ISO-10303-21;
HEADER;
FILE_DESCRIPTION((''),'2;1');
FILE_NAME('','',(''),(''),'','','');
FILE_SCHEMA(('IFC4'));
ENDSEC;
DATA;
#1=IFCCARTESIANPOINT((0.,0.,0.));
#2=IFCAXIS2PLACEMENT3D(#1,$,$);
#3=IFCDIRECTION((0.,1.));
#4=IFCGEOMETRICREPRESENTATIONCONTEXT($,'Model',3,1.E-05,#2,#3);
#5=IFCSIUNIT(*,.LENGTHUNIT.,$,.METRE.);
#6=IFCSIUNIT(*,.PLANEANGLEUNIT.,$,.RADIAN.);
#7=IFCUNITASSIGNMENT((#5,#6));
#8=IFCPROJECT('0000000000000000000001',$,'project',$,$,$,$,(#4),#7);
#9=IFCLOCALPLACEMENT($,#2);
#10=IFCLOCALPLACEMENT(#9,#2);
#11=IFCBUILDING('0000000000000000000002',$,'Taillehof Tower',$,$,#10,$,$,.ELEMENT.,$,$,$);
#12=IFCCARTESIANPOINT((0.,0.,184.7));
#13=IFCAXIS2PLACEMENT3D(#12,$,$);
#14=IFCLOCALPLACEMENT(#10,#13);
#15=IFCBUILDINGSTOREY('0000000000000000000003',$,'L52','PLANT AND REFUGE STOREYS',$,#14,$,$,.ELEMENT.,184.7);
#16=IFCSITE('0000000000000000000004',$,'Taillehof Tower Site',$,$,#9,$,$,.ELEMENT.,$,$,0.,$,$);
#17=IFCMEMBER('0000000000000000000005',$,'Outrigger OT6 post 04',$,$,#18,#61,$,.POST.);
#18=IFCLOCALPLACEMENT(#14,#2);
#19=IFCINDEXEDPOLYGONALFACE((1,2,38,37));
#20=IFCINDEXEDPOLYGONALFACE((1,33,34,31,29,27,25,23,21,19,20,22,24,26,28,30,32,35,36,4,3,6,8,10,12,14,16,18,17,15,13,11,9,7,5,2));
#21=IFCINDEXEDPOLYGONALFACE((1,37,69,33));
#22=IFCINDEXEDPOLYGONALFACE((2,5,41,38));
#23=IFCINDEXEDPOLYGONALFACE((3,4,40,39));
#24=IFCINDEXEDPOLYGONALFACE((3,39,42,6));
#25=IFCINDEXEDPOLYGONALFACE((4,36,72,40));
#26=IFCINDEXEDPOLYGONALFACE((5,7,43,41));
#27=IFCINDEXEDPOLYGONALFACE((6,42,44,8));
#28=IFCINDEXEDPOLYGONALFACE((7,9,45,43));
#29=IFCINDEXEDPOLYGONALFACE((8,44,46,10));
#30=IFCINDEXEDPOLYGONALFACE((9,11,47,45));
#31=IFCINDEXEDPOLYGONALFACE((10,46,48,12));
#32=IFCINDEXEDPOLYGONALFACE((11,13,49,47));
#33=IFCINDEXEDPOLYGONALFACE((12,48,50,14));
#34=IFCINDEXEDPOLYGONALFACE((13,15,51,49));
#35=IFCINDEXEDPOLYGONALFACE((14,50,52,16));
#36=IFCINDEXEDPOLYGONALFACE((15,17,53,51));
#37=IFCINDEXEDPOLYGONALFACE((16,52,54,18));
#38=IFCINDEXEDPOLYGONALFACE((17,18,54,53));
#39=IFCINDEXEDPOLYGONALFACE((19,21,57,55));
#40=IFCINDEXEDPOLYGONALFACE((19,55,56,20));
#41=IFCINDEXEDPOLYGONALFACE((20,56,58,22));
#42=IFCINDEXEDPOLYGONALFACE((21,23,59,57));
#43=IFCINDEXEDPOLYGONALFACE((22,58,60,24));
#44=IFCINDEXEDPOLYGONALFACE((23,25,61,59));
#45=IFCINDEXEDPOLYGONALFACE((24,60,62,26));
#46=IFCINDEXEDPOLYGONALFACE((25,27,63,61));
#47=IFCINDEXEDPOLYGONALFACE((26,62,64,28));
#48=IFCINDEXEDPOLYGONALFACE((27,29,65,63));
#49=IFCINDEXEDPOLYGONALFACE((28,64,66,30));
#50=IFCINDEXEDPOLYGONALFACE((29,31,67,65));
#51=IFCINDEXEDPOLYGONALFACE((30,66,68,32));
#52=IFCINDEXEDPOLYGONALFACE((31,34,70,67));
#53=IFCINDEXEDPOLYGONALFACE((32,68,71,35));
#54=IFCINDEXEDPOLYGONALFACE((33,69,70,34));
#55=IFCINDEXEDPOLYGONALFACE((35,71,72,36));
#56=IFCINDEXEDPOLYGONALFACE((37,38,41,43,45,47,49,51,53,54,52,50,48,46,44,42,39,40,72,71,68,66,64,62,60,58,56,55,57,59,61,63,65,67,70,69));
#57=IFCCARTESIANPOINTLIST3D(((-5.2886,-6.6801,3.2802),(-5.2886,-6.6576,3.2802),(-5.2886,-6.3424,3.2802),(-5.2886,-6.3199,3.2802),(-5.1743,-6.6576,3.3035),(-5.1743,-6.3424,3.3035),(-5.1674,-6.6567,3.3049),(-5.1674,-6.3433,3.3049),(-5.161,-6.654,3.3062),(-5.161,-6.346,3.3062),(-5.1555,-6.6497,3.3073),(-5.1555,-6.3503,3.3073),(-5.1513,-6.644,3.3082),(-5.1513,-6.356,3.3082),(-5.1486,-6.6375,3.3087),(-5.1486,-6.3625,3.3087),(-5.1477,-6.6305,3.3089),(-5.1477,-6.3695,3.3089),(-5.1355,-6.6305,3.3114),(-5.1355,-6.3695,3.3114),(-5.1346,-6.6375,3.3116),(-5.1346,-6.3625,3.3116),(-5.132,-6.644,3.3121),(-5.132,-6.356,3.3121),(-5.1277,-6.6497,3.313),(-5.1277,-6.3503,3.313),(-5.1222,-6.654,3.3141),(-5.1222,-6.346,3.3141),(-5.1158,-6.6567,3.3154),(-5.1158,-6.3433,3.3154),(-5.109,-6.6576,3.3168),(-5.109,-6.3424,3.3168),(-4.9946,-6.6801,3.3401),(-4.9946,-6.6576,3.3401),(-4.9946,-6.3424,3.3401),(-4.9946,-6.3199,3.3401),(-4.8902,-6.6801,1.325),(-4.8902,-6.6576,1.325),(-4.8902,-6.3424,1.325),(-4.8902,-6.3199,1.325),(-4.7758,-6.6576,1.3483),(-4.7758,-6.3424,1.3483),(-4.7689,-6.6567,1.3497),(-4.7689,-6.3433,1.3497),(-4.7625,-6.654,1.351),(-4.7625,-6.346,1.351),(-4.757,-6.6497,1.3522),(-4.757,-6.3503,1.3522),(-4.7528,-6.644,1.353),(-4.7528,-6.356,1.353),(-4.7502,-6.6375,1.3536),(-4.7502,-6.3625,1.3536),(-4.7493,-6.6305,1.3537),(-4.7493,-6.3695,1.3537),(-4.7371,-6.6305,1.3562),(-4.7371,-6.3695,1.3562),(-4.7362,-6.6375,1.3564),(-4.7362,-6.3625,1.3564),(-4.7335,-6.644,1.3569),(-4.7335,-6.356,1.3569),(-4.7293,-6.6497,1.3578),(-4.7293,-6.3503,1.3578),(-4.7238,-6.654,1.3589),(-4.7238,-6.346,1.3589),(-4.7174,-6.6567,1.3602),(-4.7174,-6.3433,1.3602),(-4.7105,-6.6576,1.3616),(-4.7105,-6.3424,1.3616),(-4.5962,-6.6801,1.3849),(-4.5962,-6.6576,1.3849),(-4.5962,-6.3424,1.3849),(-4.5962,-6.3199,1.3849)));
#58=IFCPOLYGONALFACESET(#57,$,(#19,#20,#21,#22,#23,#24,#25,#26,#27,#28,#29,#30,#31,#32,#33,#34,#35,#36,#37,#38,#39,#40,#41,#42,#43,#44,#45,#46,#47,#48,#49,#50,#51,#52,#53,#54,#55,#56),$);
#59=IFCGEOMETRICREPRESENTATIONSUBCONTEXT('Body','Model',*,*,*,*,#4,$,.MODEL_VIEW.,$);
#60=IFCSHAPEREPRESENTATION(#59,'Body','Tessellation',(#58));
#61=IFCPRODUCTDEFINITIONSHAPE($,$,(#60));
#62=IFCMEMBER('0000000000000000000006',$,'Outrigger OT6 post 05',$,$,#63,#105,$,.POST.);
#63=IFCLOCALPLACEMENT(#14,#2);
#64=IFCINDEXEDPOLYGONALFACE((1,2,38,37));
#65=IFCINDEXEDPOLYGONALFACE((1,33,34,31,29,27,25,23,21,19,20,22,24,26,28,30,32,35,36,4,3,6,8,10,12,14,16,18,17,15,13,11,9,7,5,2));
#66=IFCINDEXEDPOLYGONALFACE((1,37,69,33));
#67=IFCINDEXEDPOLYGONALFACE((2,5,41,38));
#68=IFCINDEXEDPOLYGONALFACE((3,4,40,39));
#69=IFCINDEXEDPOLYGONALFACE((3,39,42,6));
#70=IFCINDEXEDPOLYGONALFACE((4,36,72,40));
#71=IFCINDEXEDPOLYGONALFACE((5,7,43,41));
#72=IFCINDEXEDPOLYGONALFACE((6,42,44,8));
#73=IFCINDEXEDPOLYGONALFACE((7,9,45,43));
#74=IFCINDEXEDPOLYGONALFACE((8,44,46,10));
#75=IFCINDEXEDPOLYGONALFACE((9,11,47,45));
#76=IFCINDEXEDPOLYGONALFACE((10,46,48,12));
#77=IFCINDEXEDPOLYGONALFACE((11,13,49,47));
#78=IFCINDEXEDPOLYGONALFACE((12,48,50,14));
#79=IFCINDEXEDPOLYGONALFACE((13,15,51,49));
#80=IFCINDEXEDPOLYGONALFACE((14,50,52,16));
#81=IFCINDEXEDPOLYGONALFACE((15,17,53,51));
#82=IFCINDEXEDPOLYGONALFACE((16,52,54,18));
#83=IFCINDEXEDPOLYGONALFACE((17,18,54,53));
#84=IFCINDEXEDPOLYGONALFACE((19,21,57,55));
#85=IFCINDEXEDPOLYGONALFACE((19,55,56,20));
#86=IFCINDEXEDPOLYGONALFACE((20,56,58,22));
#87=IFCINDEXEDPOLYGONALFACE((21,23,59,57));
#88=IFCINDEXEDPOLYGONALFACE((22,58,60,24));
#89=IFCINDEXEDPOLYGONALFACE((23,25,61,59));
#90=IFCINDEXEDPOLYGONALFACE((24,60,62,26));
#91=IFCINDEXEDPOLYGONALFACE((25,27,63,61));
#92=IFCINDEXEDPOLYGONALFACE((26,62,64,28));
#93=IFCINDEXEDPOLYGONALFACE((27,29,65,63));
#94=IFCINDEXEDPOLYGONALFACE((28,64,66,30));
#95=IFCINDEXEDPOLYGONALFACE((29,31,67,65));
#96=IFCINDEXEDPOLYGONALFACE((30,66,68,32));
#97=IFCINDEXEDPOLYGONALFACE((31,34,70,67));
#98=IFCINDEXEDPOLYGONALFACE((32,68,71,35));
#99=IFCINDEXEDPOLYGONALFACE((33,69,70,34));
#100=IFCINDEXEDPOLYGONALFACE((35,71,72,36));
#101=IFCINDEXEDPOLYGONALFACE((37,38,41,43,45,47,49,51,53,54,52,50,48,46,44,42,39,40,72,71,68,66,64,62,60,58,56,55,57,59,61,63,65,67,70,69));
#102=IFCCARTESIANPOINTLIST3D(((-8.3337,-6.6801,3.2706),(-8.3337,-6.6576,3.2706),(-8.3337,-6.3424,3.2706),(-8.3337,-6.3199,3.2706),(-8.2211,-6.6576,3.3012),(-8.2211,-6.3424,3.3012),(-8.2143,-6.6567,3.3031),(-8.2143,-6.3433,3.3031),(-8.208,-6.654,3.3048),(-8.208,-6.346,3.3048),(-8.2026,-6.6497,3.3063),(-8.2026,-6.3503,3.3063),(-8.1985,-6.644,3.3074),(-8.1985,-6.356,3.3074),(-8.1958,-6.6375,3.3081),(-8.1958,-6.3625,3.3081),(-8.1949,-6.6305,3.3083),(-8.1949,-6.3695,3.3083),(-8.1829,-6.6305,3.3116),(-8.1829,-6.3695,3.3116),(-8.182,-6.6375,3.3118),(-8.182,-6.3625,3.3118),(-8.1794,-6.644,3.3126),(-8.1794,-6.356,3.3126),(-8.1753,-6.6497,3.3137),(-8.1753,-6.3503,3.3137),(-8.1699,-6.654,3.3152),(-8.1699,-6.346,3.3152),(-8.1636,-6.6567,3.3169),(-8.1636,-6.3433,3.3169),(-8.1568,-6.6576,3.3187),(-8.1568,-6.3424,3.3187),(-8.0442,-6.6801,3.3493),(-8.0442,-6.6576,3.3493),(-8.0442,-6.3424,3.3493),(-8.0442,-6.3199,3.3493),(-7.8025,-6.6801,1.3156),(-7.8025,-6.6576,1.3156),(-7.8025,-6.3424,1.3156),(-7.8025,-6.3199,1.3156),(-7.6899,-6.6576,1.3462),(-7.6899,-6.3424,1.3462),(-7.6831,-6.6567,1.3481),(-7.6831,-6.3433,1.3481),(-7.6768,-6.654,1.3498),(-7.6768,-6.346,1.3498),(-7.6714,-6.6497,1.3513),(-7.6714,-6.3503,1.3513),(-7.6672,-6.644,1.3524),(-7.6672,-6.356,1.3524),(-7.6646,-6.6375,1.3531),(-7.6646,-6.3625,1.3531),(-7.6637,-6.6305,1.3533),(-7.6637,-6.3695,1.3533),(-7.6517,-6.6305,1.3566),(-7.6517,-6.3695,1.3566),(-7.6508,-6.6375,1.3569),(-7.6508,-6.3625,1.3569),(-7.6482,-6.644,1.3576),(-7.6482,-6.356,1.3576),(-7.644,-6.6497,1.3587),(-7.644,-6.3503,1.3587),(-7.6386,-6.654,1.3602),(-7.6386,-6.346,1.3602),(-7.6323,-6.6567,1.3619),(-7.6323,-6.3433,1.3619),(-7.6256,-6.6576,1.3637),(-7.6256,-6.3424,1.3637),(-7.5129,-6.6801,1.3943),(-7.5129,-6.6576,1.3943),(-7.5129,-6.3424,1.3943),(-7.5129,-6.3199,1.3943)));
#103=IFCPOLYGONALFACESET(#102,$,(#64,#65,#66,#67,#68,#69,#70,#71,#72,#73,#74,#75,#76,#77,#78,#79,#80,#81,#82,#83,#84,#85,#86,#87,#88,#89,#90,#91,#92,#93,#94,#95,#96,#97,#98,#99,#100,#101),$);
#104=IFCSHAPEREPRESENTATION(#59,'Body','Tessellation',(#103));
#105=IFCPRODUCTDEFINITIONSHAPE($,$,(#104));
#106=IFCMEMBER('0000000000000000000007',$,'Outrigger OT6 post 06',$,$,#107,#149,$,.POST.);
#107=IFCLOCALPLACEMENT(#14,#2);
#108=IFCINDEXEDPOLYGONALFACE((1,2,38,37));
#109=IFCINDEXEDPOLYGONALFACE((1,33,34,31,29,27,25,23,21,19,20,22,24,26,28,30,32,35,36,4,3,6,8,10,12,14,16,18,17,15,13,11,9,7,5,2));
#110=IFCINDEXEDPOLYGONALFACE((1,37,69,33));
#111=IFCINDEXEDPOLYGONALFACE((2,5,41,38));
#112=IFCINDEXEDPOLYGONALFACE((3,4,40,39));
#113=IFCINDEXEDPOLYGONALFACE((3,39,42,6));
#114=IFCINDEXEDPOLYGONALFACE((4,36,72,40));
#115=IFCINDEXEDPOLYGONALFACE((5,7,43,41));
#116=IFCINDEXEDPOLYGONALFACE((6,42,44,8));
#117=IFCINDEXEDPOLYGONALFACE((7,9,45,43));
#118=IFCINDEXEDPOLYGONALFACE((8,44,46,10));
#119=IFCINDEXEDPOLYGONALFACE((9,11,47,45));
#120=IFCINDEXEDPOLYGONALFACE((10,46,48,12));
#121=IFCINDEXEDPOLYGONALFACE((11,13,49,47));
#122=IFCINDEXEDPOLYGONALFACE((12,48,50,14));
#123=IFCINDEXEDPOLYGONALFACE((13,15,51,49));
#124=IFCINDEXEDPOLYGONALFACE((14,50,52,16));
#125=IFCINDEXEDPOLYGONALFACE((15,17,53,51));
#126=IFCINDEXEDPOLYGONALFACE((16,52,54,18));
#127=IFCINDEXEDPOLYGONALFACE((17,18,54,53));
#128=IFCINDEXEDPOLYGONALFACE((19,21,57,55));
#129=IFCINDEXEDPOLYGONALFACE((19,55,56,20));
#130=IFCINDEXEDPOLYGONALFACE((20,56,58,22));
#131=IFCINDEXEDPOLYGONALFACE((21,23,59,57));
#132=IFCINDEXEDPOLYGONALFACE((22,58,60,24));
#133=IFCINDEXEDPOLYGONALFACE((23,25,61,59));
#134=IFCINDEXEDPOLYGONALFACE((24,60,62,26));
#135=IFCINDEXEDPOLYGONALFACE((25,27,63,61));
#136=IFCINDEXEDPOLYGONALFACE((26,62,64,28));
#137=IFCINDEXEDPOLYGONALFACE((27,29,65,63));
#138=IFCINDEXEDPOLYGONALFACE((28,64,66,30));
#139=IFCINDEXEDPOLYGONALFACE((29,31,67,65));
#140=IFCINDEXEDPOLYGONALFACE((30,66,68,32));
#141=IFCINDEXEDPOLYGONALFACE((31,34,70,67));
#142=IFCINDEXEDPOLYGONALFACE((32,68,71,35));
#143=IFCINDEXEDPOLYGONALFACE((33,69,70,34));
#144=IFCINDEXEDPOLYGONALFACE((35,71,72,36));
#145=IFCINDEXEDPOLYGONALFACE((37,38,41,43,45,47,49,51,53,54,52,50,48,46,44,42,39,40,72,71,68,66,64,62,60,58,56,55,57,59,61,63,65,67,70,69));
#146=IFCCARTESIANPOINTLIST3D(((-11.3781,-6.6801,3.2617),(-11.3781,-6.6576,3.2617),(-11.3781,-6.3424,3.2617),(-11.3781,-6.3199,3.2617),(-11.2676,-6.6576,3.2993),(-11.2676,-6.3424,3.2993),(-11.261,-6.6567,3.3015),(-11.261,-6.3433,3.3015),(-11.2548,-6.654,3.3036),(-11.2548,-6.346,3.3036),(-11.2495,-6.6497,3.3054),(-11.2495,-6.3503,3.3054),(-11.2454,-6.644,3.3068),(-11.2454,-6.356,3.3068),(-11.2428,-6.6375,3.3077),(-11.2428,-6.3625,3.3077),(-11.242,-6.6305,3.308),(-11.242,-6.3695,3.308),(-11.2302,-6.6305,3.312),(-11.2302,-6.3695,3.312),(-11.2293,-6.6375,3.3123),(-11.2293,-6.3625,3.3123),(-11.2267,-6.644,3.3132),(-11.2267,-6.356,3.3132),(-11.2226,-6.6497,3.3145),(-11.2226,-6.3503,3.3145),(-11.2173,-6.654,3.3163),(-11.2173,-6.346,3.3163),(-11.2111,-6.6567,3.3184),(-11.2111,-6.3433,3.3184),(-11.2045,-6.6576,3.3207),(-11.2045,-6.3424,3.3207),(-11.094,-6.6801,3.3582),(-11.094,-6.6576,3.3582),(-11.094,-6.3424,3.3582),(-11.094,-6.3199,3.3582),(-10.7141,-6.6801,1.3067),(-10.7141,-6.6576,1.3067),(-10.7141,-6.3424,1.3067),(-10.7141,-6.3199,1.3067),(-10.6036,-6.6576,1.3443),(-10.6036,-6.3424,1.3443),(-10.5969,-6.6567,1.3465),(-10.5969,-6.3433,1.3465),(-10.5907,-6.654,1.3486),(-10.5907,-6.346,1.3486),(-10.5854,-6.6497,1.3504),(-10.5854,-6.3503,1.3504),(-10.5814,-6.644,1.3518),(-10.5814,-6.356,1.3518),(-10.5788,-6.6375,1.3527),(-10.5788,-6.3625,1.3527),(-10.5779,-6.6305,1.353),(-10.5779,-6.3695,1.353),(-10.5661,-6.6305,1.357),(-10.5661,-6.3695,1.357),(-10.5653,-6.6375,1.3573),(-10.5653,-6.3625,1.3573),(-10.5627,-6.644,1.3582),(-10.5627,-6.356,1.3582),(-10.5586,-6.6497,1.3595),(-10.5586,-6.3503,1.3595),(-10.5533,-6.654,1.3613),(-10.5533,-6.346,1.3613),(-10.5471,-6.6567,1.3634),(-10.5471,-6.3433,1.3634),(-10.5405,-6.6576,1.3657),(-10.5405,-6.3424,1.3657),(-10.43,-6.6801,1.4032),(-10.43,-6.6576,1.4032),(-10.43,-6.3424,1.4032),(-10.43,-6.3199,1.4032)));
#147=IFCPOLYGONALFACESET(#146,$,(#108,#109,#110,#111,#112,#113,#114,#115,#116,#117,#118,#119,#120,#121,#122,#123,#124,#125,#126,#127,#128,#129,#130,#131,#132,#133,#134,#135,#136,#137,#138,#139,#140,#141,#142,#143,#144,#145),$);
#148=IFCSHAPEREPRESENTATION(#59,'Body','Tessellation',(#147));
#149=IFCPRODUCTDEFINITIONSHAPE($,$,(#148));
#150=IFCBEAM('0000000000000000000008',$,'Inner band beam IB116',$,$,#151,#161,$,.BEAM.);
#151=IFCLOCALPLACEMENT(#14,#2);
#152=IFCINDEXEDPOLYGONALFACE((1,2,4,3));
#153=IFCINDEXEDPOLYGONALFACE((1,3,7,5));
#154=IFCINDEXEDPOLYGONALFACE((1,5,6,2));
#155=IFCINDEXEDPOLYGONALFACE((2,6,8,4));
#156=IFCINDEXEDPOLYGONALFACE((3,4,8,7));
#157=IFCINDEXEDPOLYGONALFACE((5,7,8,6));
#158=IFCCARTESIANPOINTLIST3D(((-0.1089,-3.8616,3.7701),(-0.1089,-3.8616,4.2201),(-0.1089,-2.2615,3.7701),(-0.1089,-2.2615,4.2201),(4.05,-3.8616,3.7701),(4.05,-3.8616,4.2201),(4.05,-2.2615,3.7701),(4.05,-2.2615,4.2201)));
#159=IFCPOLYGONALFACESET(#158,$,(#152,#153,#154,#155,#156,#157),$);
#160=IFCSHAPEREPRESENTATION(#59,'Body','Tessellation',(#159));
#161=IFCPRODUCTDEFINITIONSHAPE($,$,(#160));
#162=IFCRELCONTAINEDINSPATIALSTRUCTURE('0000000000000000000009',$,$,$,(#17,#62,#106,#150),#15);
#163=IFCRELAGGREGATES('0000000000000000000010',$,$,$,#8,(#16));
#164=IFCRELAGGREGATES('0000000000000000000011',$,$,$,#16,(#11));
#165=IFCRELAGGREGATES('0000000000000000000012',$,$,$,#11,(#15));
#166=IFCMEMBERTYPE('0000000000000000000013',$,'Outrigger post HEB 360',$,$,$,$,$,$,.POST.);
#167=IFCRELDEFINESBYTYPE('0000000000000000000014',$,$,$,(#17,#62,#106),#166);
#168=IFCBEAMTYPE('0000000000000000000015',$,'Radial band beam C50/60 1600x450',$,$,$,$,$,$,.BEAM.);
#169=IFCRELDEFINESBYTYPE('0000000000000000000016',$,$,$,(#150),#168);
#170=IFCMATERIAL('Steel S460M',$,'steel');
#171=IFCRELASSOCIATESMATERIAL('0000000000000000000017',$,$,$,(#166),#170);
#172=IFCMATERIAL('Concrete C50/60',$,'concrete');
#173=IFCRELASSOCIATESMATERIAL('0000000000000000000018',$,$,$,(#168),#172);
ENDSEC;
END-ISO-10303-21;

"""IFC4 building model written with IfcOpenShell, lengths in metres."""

from ifc_helpers import new_model, si_unit, direction, frame, origin, origin_2d, place, context, subcontext, project, spatial, rectangle, i_section, extrude, material, material_profile, profile_set, type_object, element, save


model = new_model("IFC4")

# Units and contexts
model_context = context("Model", 3, precision=1e-05, world=origin(), true_north=direction((0.0, 1.0)))
body_context = subcontext(model_context, "Body", "Model", "MODEL_VIEW")
ifc_project = project(units=[si_unit("LENGTHUNIT", "METRE"), si_unit("PLANEANGLEUNIT", "RADIAN")], contexts=[model_context])

# Site, building, storey
site_placement = place(None, origin())
site = spatial("IfcSite", under=ifc_project, at=site_placement, Name="Taillehof Tower Site", CompositionType="ELEMENT", RefElevation=0.0)
building_placement = place(site_placement, origin())
building = spatial("IfcBuilding", under=site, at=building_placement, Name="Taillehof Tower", CompositionType="ELEMENT")
storey_placement = place(building_placement, frame((0.0, 0.0, 184.7)))
storey = spatial("IfcBuildingStorey", under=building, at=storey_placement, Name="L52", Description="PLANT AND REFUGE STOREYS", CompositionType="ELEMENT", Elevation=184.7)

# Members
ifc_material_1 = material(Name="Steel S460M", Category="steel")
ifc_material_profile_1 = material_profile(ifc_material_1, i_section(OverallWidth=0.3, OverallDepth=0.3601, WebThickness=0.0125, FlangeThickness=0.0225, FilletRadius=0.0271, at=origin_2d()), Name="HEB 360")
ifc_profile_set_1 = profile_set([ifc_material_profile_1], Name="Steel S460M")
member_type_1 = type_object("IfcMemberType", Name="Outrigger post HEB 360", PredefinedType="POST", material=ifc_profile_set_1)
member_1_placement = place(storey_placement, frame((-4.7432, -6.5, 1.355), z_axis=(-0.199692, 0.0, 0.979859), x_axis=(0.979859, 0.0, 0.199692)))
element("IfcMember", 1, at=member_1_placement, inside=storey, type_object=member_type_1, Name="Outrigger OT6 post 04", PredefinedType="POST", context=body_context, shape_type="SweptSolid", body=[
    extrude(i_section(OverallWidth=0.3, OverallDepth=0.3601, WebThickness=0.0125, FlangeThickness=0.0225, FilletRadius=0.0271, at=origin_2d()), origin(), (0.0, 0.0, 1.0), 1.9954),
])
member_2_placement = place(storey_placement, frame((-7.6577, -6.5, 1.355), z_axis=(-0.26222, 0.0, 0.965008), x_axis=(0.965008, 0.0, 0.26222)))
element("IfcMember", 2, at=member_2_placement, inside=storey, type_object=member_type_1, Name="Outrigger OT6 post 05", PredefinedType="POST", context=body_context, shape_type="SweptSolid", body=[
    extrude(i_section(OverallWidth=0.3, OverallDepth=0.3601, WebThickness=0.0125, FlangeThickness=0.0225, FilletRadius=0.0271, at=origin_2d()), origin(), (0.0, 0.0, 1.0), 2.0259),
])
member_3_placement = place(storey_placement, frame((-10.572, -6.5, 1.355), z_axis=(-0.321614, 0.0, 0.946871), x_axis=(0.946871, 0.0, 0.321614)))
element("IfcMember", 3, at=member_3_placement, inside=storey, type_object=member_type_1, Name="Outrigger OT6 post 06", PredefinedType="POST", context=body_context, shape_type="SweptSolid", body=[
    extrude(i_section(OverallWidth=0.3, OverallDepth=0.3601, WebThickness=0.0125, FlangeThickness=0.0225, FilletRadius=0.0271, at=origin_2d()), origin(), (0.0, 0.0, 1.0), 2.0647),
])

# Beam
ifc_material_2 = material(Name="Concrete C50/60", Category="concrete")
ifc_material_profile_2 = material_profile(ifc_material_2, rectangle(XDim=1.6001, YDim=0.45, at=origin_2d()), Name="RC 1600x450")
ifc_profile_set_2 = profile_set([ifc_material_profile_2], Name="Concrete C50/60")
beam_type_1 = type_object("IfcBeamType", Name="Radial band beam C50/60 1600x450", PredefinedType="BEAM", material=ifc_profile_set_2)
beam_placement = place(storey_placement, frame((-0.1089, -3.0615, 3.9951), z_axis=(1.0, 0.0, 0.0), x_axis=(0.0, 1.0, 0.0)))
element("IfcBeam", 4, at=beam_placement, inside=storey, type_object=beam_type_1, Name="Inner band beam IB116", PredefinedType="BEAM", context=body_context, shape_type="SweptSolid", body=[
    extrude(rectangle(XDim=1.6001, YDim=0.45, at=origin_2d()), origin(), (0.0, 0.0, 1.0), 4.1589),
])

save(model, "model.ifc")
